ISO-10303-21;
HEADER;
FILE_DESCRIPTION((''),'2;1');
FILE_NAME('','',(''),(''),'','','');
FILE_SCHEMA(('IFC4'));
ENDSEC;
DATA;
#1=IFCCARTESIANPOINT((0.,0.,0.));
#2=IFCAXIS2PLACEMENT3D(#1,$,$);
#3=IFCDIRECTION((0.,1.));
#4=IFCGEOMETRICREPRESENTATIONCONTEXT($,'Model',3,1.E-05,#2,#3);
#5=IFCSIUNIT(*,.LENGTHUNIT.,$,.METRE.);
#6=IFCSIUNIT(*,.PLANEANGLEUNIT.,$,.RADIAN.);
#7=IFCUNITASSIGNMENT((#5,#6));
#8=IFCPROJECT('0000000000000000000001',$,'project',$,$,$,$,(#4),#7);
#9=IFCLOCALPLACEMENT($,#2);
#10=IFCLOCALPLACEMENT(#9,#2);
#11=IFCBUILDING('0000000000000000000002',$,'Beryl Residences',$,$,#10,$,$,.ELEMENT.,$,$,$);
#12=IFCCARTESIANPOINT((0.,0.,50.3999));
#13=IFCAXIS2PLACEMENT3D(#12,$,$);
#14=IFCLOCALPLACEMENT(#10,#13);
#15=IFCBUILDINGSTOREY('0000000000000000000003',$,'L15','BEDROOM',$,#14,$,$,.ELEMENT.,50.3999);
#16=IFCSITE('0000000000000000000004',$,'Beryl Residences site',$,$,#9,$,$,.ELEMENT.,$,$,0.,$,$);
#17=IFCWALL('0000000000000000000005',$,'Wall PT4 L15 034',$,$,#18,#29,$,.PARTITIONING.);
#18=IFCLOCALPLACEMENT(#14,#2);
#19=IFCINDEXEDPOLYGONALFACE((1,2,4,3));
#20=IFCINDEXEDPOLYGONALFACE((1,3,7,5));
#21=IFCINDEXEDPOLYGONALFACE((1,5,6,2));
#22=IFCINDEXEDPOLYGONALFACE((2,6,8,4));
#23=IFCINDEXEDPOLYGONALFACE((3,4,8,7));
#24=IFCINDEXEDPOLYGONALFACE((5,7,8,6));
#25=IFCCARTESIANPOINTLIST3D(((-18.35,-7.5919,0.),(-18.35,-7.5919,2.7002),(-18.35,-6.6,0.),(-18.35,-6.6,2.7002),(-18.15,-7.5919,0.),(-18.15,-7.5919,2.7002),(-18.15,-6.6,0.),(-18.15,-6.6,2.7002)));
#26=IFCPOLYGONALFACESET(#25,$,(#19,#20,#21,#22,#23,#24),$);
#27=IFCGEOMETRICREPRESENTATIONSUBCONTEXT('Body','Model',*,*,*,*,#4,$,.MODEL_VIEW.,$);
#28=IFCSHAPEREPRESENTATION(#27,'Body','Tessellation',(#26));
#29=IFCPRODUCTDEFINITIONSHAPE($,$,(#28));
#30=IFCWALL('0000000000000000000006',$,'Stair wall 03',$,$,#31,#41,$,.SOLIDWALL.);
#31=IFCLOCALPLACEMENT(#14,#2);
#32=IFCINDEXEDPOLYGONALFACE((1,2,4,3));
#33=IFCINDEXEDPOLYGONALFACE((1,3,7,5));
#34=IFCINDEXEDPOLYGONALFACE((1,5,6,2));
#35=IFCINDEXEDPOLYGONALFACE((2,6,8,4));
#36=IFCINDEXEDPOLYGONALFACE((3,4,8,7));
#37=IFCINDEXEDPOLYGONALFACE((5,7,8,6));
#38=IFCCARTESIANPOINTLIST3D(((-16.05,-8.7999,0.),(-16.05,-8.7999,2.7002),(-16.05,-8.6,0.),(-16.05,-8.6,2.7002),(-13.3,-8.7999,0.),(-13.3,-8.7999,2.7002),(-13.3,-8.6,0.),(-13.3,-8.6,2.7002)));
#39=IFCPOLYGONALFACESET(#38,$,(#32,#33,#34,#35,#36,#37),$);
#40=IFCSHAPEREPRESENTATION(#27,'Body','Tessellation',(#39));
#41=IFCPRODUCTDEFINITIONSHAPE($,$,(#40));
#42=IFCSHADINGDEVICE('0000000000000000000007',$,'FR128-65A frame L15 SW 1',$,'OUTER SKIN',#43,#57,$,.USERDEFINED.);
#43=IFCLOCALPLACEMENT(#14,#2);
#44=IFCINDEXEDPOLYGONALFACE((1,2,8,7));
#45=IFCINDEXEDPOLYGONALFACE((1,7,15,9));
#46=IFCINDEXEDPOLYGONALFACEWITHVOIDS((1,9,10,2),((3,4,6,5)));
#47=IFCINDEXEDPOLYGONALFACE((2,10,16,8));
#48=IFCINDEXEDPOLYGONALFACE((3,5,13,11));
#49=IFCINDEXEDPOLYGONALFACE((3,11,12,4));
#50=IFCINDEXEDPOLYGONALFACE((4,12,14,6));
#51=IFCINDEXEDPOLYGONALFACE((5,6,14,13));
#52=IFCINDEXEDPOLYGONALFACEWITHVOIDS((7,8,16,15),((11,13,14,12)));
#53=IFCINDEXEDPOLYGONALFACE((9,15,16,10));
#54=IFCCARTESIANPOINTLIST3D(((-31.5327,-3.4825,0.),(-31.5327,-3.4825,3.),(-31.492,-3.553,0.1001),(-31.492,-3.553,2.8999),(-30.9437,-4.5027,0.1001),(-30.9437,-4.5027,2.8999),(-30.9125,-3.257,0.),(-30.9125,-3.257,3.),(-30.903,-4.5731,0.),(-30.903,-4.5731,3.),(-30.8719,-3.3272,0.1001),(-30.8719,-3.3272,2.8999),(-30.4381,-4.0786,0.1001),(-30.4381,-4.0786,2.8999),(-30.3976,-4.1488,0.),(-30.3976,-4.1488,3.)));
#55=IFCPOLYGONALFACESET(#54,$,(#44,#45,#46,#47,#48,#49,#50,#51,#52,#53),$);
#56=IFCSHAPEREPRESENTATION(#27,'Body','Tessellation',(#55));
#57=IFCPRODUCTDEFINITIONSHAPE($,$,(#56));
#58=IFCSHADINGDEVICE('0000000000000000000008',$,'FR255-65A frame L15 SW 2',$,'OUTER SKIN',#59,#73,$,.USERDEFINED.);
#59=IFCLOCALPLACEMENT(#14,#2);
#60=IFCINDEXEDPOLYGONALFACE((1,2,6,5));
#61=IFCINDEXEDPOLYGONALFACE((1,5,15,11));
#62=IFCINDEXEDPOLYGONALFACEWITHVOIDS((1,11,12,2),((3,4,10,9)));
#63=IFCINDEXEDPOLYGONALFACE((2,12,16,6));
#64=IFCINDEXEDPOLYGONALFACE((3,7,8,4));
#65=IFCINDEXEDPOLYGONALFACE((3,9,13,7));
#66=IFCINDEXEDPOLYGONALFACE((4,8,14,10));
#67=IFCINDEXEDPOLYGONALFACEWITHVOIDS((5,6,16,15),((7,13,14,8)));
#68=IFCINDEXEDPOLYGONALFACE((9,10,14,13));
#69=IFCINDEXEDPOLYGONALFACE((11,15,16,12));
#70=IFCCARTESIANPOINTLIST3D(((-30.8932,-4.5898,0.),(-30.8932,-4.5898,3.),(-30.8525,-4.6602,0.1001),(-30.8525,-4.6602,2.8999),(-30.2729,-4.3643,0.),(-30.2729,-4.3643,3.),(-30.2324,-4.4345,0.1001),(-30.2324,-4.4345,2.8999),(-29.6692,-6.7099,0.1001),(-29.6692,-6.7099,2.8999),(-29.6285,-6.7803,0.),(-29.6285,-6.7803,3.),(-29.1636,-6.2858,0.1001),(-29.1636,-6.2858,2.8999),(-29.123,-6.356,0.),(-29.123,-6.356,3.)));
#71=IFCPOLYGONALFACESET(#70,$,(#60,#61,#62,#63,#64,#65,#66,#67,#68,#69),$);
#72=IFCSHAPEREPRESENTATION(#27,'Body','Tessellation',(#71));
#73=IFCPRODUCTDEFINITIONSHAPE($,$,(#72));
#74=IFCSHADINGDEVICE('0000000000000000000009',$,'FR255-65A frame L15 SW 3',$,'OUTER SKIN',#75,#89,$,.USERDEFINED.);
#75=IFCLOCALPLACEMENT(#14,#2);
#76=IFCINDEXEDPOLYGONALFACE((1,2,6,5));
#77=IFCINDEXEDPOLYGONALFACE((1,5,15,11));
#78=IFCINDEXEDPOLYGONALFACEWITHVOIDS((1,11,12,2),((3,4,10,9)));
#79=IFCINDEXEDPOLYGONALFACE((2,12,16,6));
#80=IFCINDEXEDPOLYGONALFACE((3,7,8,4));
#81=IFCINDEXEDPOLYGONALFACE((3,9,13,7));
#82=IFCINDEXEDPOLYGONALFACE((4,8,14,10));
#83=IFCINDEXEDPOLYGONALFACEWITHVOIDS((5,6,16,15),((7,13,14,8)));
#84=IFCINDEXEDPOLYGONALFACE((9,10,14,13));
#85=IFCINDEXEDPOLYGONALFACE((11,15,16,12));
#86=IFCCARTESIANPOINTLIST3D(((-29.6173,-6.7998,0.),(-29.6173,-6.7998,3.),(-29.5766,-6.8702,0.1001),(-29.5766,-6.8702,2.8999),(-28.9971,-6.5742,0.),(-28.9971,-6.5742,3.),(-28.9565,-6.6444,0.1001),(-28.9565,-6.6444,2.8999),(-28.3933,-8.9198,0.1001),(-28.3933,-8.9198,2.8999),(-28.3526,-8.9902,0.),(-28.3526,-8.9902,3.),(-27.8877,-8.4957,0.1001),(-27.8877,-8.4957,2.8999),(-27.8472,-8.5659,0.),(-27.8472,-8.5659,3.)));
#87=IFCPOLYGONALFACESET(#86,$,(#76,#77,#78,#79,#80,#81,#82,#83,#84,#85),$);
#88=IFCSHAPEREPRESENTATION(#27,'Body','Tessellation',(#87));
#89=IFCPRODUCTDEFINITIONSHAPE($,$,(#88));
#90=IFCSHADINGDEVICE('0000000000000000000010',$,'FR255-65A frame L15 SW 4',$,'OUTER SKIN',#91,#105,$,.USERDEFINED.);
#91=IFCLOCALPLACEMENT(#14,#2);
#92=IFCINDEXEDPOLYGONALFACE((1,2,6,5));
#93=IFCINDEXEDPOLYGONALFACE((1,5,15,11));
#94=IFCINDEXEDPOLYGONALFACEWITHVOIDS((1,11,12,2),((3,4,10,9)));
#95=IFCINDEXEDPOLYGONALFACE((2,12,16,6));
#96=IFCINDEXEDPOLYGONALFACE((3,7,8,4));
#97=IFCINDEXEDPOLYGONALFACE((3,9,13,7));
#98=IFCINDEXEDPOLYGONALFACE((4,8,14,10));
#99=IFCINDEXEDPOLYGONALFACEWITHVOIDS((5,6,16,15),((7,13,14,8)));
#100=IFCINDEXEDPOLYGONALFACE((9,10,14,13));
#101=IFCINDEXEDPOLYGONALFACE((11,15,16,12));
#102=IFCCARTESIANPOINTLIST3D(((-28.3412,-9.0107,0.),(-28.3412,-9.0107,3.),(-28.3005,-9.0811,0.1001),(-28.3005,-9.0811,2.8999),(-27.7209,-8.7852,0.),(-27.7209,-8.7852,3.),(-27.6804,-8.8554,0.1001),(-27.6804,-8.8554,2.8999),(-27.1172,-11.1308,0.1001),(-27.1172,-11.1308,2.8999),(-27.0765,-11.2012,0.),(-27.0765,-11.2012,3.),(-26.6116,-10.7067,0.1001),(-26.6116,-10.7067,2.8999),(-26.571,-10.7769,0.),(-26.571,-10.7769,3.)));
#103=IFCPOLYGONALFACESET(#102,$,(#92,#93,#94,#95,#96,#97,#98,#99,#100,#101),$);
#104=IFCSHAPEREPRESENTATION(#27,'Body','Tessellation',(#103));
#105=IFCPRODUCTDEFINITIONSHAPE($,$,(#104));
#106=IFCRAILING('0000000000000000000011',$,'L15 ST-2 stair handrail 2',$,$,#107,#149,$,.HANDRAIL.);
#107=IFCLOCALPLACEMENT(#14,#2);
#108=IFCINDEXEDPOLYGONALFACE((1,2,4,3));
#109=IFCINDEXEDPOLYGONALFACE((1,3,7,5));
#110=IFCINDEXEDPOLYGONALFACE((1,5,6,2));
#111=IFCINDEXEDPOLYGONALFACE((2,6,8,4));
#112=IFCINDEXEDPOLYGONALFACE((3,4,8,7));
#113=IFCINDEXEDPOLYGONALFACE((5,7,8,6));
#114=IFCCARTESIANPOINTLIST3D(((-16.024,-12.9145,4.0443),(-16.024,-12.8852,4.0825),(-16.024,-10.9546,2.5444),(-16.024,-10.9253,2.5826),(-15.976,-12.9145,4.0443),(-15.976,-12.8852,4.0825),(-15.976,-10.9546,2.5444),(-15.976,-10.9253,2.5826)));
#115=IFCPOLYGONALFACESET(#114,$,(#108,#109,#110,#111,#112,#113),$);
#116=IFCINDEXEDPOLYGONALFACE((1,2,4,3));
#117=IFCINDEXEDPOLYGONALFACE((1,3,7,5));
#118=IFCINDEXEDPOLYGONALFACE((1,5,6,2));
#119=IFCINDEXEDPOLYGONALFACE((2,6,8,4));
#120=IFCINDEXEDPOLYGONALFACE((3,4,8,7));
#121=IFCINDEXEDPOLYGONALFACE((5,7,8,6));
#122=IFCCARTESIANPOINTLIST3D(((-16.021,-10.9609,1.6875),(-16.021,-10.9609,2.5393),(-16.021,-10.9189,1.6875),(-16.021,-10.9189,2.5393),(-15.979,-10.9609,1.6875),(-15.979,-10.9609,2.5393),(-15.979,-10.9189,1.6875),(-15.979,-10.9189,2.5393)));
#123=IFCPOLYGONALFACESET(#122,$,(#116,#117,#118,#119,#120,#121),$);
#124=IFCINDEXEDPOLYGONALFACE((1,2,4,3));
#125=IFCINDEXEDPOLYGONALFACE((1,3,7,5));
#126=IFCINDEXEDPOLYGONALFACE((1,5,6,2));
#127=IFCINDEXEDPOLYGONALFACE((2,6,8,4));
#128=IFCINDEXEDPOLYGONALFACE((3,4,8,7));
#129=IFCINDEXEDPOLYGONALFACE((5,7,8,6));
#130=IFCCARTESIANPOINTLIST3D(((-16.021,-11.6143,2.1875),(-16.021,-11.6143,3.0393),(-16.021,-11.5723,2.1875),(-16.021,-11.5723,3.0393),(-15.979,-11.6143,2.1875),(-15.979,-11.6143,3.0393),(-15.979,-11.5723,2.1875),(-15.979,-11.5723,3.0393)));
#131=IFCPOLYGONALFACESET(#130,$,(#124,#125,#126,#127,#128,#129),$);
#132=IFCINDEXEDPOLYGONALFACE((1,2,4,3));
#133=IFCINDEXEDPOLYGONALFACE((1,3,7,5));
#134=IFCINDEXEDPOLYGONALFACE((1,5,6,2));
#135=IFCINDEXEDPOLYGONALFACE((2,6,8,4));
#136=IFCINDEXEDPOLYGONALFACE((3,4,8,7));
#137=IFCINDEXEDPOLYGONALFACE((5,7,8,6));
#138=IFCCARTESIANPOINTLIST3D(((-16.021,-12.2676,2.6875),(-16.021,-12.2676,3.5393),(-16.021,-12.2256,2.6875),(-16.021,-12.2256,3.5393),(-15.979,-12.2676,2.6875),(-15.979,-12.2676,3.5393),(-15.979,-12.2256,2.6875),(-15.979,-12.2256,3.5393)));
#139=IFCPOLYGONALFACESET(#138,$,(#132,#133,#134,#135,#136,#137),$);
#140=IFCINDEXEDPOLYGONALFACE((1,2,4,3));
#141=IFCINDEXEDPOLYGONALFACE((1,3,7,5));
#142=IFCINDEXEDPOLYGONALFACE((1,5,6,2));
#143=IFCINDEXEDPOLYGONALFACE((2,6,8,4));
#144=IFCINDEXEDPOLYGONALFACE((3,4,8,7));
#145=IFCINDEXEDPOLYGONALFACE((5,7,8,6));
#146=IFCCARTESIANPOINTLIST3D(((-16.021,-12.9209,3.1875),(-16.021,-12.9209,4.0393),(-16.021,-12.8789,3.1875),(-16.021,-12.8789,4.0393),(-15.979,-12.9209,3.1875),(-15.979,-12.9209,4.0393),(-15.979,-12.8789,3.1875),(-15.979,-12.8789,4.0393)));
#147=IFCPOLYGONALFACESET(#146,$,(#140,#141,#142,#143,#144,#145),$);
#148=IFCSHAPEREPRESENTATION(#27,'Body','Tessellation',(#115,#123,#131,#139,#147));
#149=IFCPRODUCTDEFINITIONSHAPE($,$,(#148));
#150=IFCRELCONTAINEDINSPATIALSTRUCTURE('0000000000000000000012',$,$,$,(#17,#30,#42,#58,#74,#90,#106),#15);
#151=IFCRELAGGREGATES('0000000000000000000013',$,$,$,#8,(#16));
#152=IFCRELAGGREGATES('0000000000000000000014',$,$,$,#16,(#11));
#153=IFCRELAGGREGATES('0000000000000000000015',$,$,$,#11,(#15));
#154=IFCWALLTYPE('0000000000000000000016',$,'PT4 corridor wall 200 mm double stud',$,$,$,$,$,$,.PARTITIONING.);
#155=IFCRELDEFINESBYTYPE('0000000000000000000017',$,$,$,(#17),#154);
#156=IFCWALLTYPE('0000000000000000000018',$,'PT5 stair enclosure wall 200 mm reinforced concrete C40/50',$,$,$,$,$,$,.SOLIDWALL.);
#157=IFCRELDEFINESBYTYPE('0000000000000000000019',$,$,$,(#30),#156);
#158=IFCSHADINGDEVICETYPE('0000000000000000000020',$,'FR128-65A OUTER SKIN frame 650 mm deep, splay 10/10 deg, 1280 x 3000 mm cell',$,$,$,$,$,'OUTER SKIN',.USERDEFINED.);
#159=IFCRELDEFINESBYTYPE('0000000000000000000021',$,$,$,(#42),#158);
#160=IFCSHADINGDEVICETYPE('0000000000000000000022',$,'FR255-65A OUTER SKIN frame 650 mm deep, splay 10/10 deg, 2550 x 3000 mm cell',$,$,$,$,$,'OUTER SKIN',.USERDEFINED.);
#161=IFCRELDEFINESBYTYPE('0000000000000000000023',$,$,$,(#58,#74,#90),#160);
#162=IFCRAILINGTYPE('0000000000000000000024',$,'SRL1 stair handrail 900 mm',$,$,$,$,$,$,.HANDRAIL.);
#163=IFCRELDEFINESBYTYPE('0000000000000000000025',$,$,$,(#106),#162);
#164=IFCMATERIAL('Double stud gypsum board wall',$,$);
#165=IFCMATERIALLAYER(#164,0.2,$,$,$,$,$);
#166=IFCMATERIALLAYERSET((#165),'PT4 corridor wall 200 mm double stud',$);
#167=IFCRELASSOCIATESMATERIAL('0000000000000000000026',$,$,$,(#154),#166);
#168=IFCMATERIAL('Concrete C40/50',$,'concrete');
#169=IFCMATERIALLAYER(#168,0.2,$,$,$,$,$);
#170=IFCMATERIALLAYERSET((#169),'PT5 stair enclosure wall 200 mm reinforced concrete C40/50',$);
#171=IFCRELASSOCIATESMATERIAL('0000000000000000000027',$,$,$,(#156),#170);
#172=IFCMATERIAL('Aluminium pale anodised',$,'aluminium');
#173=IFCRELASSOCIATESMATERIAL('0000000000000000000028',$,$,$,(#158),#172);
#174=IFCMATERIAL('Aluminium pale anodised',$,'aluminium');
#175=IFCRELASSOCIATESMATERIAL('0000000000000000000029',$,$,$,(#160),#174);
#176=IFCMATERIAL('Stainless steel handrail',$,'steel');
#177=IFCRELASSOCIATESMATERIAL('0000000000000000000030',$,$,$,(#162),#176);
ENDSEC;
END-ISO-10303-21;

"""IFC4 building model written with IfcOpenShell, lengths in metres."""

from ifc_helpers import new_model, entity, si_unit, direction, frame, frame_2d, origin, origin_2d, place, context, subcontext, project, spatial, rectangle, extrude, source, transform, mapped, material, layer, layer_set, type_object, type_shapes, element, save


model = new_model("IFC4")

# Units and contexts
model_context = context("Model", 3, precision=1e-05, world=origin(), true_north=direction((0.0, 1.0)))
body_context = subcontext(model_context, "Body", "Model", "MODEL_VIEW")
ifc_project = project(units=[si_unit("LENGTHUNIT", "METRE"), si_unit("PLANEANGLEUNIT", "RADIAN")], contexts=[model_context])

# Site, building, storey
site_placement = place(None, origin())
site = spatial("IfcSite", under=ifc_project, at=site_placement, Name="Beryl Residences site", CompositionType="ELEMENT", RefElevation=0.0)
building_placement = place(site_placement, origin())
building = spatial("IfcBuilding", under=site, at=building_placement, Name="Beryl Residences", CompositionType="ELEMENT")
storey_placement = place(building_placement, frame((0.0, 0.0, 50.3999)))
storey = spatial("IfcBuildingStorey", under=building, at=storey_placement, Name="L15", Description="BEDROOM", CompositionType="ELEMENT", Elevation=50.3999)

# Shared definitions
ifc_material_1 = material(Name="Double stud gypsum board wall")
ifc_layer_1 = layer(ifc_material_1, 0.2)
ifc_layer_set_1 = layer_set([ifc_layer_1], Name="PT4 corridor wall 200 mm double stud")
wall_type_1 = type_object("IfcWallType", Name="PT4 corridor wall 200 mm double stud", PredefinedType="PARTITIONING", material=ifc_layer_set_1)

# Walls
wall_1_placement = place(storey_placement, frame((-18.25, -7.592, 0.0), z_axis=(0.0, 0.0, 1.0), x_axis=(0.0, 1.0, 0.0)))
element("IfcWall", 1, at=wall_1_placement, inside=storey, type_object=wall_type_1, Name="Wall PT4 L15 034", PredefinedType="PARTITIONING", context=body_context, shape_type="SweptSolid", body=[
    extrude(rectangle(XDim=0.9919, YDim=0.2, at=frame_2d((0.4961, 0.0))), origin(), (0.0, 0.0, 1.0), 2.7002),
])
ifc_material_2 = material(Name="Concrete C40/50", Category="concrete")
ifc_layer_2 = layer(ifc_material_2, 0.2)
ifc_layer_set_2 = layer_set([ifc_layer_2], Name="PT5 stair enclosure wall 200 mm reinforced concrete C40/50")
wall_type_2 = type_object("IfcWallType", Name="PT5 stair enclosure wall 200 mm reinforced concrete C40/50", PredefinedType="SOLIDWALL", material=ifc_layer_set_2)
wall_2_placement = place(storey_placement, frame((-16.05, -8.7, 0.0), z_axis=(0.0, 0.0, 1.0), x_axis=(1.0, 0.0, 0.0)))
element("IfcWall", 2, at=wall_2_placement, inside=storey, type_object=wall_type_2, Name="Stair wall 03", PredefinedType="SOLIDWALL", context=body_context, shape_type="SweptSolid", body=[
    extrude(rectangle(XDim=2.75, YDim=0.2, at=frame_2d((1.375, 0.0))), origin(), (0.0, 0.0, 1.0), 2.7002),
])

# Shading devices
ifc_material_3 = material(Name="Aluminium pale anodised", Category="aluminium")
shading_device_type_1 = type_object("IfcShadingDeviceType", Name="FR128-65A OUTER SKIN frame 650 mm deep, splay 10/10 deg, 1280 x 3000 mm cell", ElementType="OUTER SKIN", PredefinedType="USERDEFINED", material=ifc_material_3)
cartesian_point_1 = entity("IfcCartesianPoint", [-0.5149, 0.0])
cartesian_point_2 = entity("IfcCartesianPoint", [-0.4338, 0.1001])
cartesian_point_3 = entity("IfcCartesianPoint", [-0.6296, 0.0])
cartesian_point_4 = entity("IfcCartesianPoint", [-0.5483, 0.1001])
shared_shape_1 = source(origin(), body_context, "Body", "SweptSolid", [
    entity("IfcExtrudedAreaSolidTapered", entity("IfcArbitraryProfileDefWithVoids", "AREA", None, entity("IfcPolyline", [cartesian_point_1, entity("IfcCartesianPoint", [0.5149, 0.0]), entity("IfcCartesianPoint", [0.5149, 3.0]), entity("IfcCartesianPoint", [-0.5149, 3.0]), cartesian_point_1]), [entity("IfcPolyline", [cartesian_point_2, entity("IfcCartesianPoint", [0.4338, 0.1001]), entity("IfcCartesianPoint", [0.4338, 2.8999]), entity("IfcCartesianPoint", [-0.4338, 2.8999]), cartesian_point_2])]), entity("IfcAxis2Placement3D", entity("IfcCartesianPoint", [0.0, 0.0, 0.0]), entity("IfcDirection", [0.0, 1.0, 0.0]), entity("IfcDirection", [-1.0, 0.0, 0.0])), entity("IfcDirection", [0.0, 0.0, 1.0]), 0.6499, entity("IfcArbitraryProfileDefWithVoids", "AREA", None, entity("IfcPolyline", [cartesian_point_3, entity("IfcCartesianPoint", [0.6296, 0.0]), entity("IfcCartesianPoint", [0.6296, 3.0]), entity("IfcCartesianPoint", [-0.6296, 3.0]), cartesian_point_3]), [entity("IfcPolyline", [cartesian_point_4, entity("IfcCartesianPoint", [0.5483, 0.1001]), entity("IfcCartesianPoint", [0.5483, 2.8999]), entity("IfcCartesianPoint", [-0.5483, 2.8999]), cartesian_point_4])])),
])
type_shapes(shading_device_type_1, [shared_shape_1])
shading_device_placement = place(storey_placement, frame((-30.655, -3.7029, 0.0), z_axis=(0.0, 0.0, 1.0), x_axis=(-0.5, 0.866025, 0.0)))
element("IfcShadingDevice", 3, at=shading_device_placement, inside=storey, type_object=shading_device_type_1, Name="FR128-65A frame L15 SW 1", ObjectType="OUTER SKIN", PredefinedType="USERDEFINED", context=body_context, shape_type="MappedRepresentation", body=[
    mapped(shared_shape_1, transform((0.0, 0.0, 0.0))),
])
ifc_material_4 = material(Name="Aluminium pale anodised", Category="aluminium")
shading_device_type_2 = type_object("IfcShadingDeviceType", Name="FR255-65A OUTER SKIN frame 650 mm deep, splay 10/10 deg, 2550 x 3000 mm cell", ElementType="OUTER SKIN", PredefinedType="USERDEFINED", material=ifc_material_4)
cartesian_point_5 = entity("IfcCartesianPoint", [-1.1499, 0.0])
cartesian_point_6 = entity("IfcCartesianPoint", [-1.0688, 0.1001])
cartesian_point_7 = entity("IfcCartesianPoint", [-1.2646, 0.0])
cartesian_point_8 = entity("IfcCartesianPoint", [-1.1833, 0.1001])
shared_shape_2 = source(origin(), body_context, "Body", "SweptSolid", [
    entity("IfcExtrudedAreaSolidTapered", entity("IfcArbitraryProfileDefWithVoids", "AREA", None, entity("IfcPolyline", [cartesian_point_5, entity("IfcCartesianPoint", [1.1499, 0.0]), entity("IfcCartesianPoint", [1.1499, 3.0]), entity("IfcCartesianPoint", [-1.1499, 3.0]), cartesian_point_5]), [entity("IfcPolyline", [cartesian_point_6, entity("IfcCartesianPoint", [1.0688, 0.1001]), entity("IfcCartesianPoint", [1.0688, 2.8999]), entity("IfcCartesianPoint", [-1.0688, 2.8999]), cartesian_point_6])]), entity("IfcAxis2Placement3D", entity("IfcCartesianPoint", [0.0, 0.0, 0.0]), entity("IfcDirection", [0.0, 1.0, 0.0]), entity("IfcDirection", [-1.0, 0.0, 0.0])), entity("IfcDirection", [0.0, 0.0, 1.0]), 0.6499, entity("IfcArbitraryProfileDefWithVoids", "AREA", None, entity("IfcPolyline", [cartesian_point_7, entity("IfcCartesianPoint", [1.2646, 0.0]), entity("IfcCartesianPoint", [1.2646, 3.0]), entity("IfcCartesianPoint", [-1.2646, 3.0]), cartesian_point_7]), [entity("IfcPolyline", [cartesian_point_8, entity("IfcCartesianPoint", [1.1833, 0.1001]), entity("IfcCartesianPoint", [1.1833, 2.8999]), entity("IfcCartesianPoint", [-1.1833, 2.8999]), cartesian_point_8])])),
])
type_shapes(shading_device_type_2, [shared_shape_2])
for number, where, z_axis, x_axis, name in (
    (4, (-29.698, -5.3601, 0.0), (0.0, 0.0, 1.0), (-0.5, 0.866025, 0.0), "FR255-65A frame L15 SW 2"),
    (5, (-28.4221, -7.5701, 0.0), (0.0, 0.0, 1.0), (-0.5, 0.866025, 0.0), "FR255-65A frame L15 SW 3"),
    (6, (-27.146, -9.781, 0.0), (0.0, 0.0, 1.0), (-0.5, 0.866025, 0.0), "FR255-65A frame L15 SW 4"),
):
    element("IfcShadingDevice", number, at=place(storey_placement, frame(where, z_axis=z_axis, x_axis=x_axis)), inside=storey, type_object=shading_device_type_2, Name=name, ObjectType="OUTER SKIN", PredefinedType="USERDEFINED", context=body_context, shape_type="MappedRepresentation", body=[
        mapped(shared_shape_2, transform((0.0, 0.0, 0.0))),
    ])

# Railing
ifc_material_5 = material(Name="Stainless steel handrail", Category="steel")
railing_type = type_object("IfcRailingType", Name="SRL1 stair handrail 900 mm", PredefinedType="HANDRAIL", material=ifc_material_5)
railing_placement = place(storey_placement, frame((-16.0, -10.9399, 1.6875)))
element("IfcRailing", 7, at=railing_placement, inside=storey, type_object=railing_type, Name="L15 ST-2 stair handrail 2", PredefinedType="HANDRAIL", context=body_context, shape_type="SweptSolid", body=[
    extrude(rectangle(XDim=0.0481, YDim=0.0481, at=origin_2d()), frame((0.0, 0.0, 0.876), z_axis=(0.0, -0.794122, 0.607758), x_axis=(1.0, 0.0, 0.0)), (0.0, 0.0, 1.0), 2.468),
    extrude(rectangle(XDim=0.042, YDim=0.042, at=origin_2d()), origin(), (0.0, 0.0, 1.0), 0.8518),
    extrude(rectangle(XDim=0.042, YDim=0.042, at=origin_2d()), frame((0.0, -0.6533, 0.5)), (0.0, 0.0, 1.0), 0.8518),
    extrude(rectangle(XDim=0.042, YDim=0.042, at=origin_2d()), frame((0.0, -1.3066, 1.0)), (0.0, 0.0, 1.0), 0.8518),
    extrude(rectangle(XDim=0.042, YDim=0.042, at=origin_2d()), frame((0.0, -1.96, 1.5)), (0.0, 0.0, 1.0), 0.8518),
])

save(model, "model.ifc")
